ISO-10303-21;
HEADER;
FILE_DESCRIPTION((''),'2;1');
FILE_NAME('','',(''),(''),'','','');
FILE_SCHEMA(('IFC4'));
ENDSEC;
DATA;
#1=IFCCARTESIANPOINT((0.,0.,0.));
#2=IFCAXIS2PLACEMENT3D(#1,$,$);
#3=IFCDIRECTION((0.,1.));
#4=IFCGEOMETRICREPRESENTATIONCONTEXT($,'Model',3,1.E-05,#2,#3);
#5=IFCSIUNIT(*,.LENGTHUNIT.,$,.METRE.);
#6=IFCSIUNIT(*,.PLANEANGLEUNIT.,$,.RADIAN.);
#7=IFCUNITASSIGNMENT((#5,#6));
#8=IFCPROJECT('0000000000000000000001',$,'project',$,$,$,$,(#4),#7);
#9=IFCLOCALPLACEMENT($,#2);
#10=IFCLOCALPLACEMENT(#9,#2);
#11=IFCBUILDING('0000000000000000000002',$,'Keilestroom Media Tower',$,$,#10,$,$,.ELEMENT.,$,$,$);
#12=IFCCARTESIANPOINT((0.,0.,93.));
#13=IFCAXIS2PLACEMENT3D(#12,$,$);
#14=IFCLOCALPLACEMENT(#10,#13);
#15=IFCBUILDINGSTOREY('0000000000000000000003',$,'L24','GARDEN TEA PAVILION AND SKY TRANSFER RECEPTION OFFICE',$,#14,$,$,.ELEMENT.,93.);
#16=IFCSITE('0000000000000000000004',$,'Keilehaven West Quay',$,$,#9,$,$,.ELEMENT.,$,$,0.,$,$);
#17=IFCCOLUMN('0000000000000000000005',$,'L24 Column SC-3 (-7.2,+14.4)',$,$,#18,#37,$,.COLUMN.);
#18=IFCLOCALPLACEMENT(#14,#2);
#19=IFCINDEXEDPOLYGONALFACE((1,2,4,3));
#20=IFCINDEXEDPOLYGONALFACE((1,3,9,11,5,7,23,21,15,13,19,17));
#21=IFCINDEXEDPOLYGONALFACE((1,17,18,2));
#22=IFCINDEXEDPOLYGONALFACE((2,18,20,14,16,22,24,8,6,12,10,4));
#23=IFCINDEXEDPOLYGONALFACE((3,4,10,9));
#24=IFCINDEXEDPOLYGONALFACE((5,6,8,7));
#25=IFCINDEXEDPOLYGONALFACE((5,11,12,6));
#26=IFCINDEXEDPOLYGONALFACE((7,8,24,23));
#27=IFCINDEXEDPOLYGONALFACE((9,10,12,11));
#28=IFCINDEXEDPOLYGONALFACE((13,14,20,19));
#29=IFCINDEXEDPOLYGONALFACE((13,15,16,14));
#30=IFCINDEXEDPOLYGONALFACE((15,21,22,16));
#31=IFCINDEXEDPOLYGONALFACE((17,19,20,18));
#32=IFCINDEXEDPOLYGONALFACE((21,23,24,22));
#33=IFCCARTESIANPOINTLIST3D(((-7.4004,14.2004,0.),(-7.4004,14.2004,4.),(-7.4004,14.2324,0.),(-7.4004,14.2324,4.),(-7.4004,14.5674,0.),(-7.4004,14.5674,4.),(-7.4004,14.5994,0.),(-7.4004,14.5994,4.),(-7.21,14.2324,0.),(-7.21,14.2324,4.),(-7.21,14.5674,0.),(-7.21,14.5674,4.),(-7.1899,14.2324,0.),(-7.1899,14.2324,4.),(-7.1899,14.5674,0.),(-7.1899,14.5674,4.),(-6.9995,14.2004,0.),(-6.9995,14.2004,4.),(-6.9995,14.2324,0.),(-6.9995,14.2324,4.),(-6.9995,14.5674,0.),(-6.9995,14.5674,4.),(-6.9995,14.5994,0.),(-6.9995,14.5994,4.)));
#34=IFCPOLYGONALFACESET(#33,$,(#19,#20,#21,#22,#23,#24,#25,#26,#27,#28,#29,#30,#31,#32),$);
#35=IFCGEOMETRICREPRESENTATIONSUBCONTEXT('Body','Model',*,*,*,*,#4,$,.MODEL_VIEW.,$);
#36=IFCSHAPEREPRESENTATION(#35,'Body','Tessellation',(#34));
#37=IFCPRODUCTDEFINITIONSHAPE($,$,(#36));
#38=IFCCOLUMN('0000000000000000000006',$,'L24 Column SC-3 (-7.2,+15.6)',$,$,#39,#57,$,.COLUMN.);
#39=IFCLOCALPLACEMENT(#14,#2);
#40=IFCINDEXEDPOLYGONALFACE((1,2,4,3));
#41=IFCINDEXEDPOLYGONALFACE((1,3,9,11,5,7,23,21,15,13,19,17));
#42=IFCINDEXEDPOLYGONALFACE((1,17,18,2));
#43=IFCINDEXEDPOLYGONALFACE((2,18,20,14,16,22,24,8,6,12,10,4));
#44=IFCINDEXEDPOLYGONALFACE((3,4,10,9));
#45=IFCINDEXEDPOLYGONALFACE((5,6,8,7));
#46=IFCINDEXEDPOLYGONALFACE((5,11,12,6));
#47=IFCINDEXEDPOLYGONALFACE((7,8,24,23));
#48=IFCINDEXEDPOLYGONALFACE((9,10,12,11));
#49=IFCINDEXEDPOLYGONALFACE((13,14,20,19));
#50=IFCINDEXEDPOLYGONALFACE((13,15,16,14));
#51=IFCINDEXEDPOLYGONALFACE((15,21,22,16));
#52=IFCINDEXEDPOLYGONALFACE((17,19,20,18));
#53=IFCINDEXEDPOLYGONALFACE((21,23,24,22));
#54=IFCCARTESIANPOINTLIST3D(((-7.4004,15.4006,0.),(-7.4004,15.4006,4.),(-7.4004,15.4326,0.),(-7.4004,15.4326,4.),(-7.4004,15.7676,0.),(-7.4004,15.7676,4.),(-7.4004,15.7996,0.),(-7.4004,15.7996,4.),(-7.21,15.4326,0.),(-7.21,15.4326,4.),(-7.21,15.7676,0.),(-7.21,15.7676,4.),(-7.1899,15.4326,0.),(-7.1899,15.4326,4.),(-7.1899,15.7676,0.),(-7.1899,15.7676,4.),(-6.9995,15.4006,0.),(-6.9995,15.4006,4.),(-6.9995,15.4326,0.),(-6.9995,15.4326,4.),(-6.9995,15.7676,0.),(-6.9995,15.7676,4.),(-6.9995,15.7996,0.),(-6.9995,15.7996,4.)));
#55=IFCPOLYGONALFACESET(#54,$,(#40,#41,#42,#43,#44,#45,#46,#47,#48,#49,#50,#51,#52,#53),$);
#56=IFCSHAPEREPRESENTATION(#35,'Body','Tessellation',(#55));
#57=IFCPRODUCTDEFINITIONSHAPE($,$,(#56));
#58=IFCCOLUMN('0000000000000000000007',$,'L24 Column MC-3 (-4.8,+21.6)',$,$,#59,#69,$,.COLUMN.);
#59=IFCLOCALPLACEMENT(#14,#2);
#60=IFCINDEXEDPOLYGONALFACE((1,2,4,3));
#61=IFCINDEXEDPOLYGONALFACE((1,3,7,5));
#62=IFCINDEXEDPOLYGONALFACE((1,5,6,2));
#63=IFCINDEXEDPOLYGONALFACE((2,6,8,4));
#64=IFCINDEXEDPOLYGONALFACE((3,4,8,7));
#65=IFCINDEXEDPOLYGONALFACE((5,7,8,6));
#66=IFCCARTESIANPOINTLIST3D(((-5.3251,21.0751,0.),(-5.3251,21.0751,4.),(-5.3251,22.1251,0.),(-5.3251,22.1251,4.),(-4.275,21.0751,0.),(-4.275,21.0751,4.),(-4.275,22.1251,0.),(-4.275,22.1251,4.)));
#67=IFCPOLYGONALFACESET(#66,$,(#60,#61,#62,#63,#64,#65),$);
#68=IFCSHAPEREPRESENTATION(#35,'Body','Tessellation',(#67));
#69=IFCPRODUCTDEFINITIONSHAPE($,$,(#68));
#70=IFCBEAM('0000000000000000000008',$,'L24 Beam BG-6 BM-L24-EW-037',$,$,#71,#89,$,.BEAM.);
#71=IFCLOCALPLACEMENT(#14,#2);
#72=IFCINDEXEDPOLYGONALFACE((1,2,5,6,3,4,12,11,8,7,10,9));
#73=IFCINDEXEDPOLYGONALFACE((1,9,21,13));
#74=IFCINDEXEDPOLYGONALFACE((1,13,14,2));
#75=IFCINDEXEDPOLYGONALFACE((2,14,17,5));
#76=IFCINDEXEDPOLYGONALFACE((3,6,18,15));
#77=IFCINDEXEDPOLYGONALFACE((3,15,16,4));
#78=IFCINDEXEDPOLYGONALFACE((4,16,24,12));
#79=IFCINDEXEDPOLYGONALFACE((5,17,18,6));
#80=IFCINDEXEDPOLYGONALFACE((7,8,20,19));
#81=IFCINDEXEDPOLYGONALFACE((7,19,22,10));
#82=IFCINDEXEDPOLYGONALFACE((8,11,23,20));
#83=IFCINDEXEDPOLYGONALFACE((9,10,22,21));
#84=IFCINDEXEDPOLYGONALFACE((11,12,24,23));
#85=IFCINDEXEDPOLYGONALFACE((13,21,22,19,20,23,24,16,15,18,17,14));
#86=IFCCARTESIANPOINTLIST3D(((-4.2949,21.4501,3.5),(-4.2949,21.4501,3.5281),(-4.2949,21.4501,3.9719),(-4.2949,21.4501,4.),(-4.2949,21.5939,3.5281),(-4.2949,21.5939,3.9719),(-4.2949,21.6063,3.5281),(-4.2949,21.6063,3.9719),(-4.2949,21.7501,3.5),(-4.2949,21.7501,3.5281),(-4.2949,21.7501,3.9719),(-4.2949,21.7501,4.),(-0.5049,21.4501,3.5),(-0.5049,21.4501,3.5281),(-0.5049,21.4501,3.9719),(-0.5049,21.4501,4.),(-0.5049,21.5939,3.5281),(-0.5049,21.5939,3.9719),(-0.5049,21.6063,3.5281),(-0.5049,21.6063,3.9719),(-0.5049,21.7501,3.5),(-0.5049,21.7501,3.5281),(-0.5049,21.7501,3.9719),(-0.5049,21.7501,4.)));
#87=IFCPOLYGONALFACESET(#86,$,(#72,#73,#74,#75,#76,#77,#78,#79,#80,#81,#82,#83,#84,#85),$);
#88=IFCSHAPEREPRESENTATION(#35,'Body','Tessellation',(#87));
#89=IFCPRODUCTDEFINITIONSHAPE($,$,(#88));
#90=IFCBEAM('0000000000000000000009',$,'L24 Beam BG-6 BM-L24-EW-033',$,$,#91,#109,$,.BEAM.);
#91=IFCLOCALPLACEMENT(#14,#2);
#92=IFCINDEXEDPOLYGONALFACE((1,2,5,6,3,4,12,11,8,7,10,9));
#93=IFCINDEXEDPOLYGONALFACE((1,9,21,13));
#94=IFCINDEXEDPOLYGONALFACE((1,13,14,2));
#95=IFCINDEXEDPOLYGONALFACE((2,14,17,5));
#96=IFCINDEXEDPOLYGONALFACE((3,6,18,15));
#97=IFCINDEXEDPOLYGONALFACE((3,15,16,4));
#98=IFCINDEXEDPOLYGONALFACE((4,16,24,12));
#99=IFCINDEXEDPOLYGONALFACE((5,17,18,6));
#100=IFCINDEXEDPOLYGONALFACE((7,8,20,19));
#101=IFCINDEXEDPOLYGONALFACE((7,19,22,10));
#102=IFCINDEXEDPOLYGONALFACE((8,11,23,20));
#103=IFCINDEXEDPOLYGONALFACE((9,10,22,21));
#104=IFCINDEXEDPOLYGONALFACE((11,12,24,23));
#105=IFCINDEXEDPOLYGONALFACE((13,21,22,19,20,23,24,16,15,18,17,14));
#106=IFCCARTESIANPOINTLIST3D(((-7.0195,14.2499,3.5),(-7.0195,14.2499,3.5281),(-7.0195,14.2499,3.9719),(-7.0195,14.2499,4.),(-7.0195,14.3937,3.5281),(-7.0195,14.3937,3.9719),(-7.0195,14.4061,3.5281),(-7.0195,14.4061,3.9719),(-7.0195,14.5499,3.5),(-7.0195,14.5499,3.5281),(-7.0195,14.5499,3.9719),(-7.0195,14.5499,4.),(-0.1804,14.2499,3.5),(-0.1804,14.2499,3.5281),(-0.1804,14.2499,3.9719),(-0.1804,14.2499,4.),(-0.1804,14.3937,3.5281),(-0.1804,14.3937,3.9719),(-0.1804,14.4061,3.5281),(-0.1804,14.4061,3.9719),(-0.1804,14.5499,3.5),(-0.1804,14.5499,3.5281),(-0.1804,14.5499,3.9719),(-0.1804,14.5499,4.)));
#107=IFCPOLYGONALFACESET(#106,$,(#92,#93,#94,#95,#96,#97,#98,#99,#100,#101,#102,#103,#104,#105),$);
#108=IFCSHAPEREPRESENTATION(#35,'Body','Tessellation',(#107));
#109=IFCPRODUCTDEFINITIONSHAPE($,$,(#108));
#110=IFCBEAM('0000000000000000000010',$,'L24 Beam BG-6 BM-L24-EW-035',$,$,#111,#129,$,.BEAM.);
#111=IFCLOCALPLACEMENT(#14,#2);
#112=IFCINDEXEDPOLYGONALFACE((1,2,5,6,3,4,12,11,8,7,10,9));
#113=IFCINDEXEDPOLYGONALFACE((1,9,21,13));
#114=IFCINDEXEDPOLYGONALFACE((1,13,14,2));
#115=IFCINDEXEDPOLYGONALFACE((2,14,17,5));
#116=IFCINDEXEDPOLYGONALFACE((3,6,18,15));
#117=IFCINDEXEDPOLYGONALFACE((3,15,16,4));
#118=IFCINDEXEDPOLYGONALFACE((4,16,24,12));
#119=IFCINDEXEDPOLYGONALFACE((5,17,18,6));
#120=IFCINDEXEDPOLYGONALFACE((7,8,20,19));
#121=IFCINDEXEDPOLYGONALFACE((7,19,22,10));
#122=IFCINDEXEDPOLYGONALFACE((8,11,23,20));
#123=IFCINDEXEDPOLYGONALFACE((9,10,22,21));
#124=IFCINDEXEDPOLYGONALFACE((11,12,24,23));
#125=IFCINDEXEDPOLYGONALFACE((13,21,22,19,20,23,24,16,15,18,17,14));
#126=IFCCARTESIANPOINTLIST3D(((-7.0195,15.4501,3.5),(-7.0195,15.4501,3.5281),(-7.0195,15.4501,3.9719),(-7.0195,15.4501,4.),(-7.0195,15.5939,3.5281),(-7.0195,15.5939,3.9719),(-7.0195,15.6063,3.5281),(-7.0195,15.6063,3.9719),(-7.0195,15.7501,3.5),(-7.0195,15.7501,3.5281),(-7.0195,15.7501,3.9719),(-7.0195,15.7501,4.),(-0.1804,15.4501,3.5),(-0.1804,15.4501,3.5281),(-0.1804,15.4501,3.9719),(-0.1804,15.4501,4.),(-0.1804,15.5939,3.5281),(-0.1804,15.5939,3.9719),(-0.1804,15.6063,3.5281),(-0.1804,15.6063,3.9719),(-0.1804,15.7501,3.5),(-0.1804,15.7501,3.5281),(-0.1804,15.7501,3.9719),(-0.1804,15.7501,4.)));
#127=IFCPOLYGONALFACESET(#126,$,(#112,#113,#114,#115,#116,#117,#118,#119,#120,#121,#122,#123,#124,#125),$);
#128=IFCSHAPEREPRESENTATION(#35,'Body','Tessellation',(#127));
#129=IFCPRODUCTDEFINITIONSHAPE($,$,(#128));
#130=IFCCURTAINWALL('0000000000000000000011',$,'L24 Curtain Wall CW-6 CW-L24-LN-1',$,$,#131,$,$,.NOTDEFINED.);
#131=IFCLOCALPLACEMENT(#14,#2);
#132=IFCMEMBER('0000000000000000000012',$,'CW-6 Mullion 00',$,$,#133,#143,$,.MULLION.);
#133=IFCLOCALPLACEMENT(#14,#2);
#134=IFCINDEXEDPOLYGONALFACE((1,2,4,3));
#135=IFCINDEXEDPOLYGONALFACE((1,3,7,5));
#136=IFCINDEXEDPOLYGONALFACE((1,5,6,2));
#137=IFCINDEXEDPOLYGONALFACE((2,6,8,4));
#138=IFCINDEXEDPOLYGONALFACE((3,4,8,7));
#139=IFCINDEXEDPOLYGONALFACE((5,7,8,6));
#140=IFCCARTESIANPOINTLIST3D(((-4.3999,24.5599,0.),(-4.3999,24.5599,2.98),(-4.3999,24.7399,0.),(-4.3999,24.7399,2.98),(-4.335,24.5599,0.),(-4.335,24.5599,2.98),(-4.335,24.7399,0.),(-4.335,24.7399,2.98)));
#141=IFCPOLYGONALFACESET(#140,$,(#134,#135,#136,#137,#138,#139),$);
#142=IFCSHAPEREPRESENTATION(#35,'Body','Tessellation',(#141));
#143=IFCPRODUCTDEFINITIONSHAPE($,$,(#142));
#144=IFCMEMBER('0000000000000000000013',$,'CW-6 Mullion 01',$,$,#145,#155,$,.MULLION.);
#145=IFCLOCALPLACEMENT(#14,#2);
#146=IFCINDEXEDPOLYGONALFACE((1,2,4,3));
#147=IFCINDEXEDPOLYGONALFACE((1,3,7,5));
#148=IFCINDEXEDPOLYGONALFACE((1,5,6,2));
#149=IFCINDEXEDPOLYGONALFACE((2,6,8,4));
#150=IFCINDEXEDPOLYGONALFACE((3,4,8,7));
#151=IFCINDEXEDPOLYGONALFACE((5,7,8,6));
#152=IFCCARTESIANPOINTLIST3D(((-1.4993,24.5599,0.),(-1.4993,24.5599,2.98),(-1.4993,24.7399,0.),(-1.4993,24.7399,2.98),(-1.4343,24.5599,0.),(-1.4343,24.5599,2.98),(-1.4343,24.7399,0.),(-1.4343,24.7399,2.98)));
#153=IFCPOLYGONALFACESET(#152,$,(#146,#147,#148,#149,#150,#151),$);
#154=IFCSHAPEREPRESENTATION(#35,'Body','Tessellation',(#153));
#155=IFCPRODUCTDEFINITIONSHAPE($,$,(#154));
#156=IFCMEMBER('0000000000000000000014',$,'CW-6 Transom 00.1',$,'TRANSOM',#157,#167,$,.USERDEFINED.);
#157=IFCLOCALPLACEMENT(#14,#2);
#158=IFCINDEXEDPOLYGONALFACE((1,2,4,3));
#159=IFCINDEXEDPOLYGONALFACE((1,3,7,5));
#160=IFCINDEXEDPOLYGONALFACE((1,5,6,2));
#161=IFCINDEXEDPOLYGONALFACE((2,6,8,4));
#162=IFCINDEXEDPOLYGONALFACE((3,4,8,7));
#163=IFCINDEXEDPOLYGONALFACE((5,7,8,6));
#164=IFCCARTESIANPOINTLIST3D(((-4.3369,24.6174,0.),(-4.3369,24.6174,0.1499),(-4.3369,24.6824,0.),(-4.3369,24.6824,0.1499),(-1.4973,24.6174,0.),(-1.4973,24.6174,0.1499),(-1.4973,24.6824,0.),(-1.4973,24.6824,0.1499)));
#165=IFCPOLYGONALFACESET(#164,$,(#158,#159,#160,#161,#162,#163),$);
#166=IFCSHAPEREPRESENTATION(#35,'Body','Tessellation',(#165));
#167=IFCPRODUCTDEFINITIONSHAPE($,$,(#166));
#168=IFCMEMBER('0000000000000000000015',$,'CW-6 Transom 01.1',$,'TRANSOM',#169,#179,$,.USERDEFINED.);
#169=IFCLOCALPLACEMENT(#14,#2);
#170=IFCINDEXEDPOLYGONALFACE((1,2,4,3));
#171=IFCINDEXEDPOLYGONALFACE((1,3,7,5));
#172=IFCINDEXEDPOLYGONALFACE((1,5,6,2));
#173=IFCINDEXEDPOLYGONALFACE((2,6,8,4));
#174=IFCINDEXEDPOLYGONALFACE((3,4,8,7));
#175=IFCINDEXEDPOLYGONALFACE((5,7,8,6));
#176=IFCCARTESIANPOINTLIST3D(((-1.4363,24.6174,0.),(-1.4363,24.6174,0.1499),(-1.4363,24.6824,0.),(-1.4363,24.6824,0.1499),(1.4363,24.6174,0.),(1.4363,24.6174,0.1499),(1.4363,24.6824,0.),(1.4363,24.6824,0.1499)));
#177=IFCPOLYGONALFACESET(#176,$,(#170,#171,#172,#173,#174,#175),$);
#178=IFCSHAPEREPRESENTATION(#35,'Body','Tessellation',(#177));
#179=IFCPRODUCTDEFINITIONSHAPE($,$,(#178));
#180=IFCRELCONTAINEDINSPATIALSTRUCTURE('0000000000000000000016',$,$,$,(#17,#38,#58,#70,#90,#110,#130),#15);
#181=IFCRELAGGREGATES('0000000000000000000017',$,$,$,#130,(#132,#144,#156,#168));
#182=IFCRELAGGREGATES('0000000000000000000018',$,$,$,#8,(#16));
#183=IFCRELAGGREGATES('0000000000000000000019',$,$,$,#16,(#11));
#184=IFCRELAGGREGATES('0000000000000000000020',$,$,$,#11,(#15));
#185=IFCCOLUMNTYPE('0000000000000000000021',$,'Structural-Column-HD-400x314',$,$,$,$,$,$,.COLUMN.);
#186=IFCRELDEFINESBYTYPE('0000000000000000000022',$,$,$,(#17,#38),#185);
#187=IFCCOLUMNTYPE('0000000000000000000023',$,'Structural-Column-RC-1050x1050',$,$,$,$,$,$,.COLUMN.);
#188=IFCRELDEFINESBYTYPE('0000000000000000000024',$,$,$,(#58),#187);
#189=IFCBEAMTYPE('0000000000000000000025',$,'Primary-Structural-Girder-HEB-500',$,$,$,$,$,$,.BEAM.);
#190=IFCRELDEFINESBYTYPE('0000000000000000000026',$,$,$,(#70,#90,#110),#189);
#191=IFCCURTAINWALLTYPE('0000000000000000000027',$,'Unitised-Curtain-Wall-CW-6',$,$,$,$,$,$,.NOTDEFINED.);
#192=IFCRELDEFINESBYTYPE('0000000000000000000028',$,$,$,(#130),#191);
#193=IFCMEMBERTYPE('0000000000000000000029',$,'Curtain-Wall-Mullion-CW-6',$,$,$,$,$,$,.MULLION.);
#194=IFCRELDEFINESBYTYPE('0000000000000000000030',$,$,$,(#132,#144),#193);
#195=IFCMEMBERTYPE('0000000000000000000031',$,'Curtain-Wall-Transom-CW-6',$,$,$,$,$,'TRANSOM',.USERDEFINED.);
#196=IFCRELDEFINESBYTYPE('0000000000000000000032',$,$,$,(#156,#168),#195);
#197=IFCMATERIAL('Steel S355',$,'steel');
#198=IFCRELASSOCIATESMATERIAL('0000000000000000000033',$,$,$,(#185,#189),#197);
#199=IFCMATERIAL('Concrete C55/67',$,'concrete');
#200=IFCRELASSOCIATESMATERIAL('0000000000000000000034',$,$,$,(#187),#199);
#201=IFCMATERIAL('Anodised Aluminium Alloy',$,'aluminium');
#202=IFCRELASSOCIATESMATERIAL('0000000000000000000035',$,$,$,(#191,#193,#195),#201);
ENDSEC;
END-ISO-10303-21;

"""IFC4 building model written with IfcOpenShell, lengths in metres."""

from ifc_helpers import new_model, si_unit, direction, frame, origin, origin_2d, place, context, subcontext, project, spatial, rectangle, i_section, extrude, source, transform, mapped, material, material_profile, profile_set, type_object, element, aggregate, save


model = new_model("IFC4")

# Units and contexts
model_context = context("Model", 3, precision=1e-05, world=origin(), true_north=direction((0.0, 1.0)))
body_context = subcontext(model_context, "Body", "Model", "MODEL_VIEW")
ifc_project = project(units=[si_unit("LENGTHUNIT", "METRE"), si_unit("PLANEANGLEUNIT", "RADIAN")], contexts=[model_context])

# Site, building, storey
site_placement = place(None, origin())
site = spatial("IfcSite", under=ifc_project, at=site_placement, Name="Keilehaven West Quay", CompositionType="ELEMENT", RefElevation=0.0)
building_placement = place(site_placement, origin())
building = spatial("IfcBuilding", under=site, at=building_placement, Name="Keilestroom Media Tower", CompositionType="ELEMENT")
storey_placement = place(building_placement, frame((0.0, 0.0, 93.0)))
storey = spatial("IfcBuildingStorey", under=building, at=storey_placement, Name="L24", Description="GARDEN TEA PAVILION AND SKY TRANSFER RECEPTION OFFICE", CompositionType="ELEMENT", Elevation=93.0)

# Columns
ifc_material_1 = material(Name="Steel S355", Category="steel")
ifc_material_profile_1 = material_profile(ifc_material_1, i_section(OverallWidth=0.4009, OverallDepth=0.3989, WebThickness=0.02, FlangeThickness=0.032, at=origin_2d()), Name="HD 400x314")
ifc_profile_set_1 = profile_set([ifc_material_profile_1], Name="Steel S355")
column_type_1 = type_object("IfcColumnType", Name="Structural-Column-HD-400x314", PredefinedType="COLUMN", material=ifc_profile_set_1)
shared_shape_1 = source(origin(), body_context, "Body", "SweptSolid", [
    extrude(i_section(OverallWidth=0.4009, OverallDepth=0.3989, WebThickness=0.02, FlangeThickness=0.032, at=origin_2d()), origin(), (0.0, 0.0, 1.0), 4.0),
])
for number, where, z_axis, x_axis, name in (
    (1, (-7.2, 14.3999, 0.0), (0.0, 0.0, 1.0), (1.0, 0.0, 0.0), "L24 Column SC-3 (-7.2,+14.4)"),
    (2, (-7.2, 15.6001, 0.0), (0.0, 0.0, 1.0), (1.0, 0.0, 0.0), "L24 Column SC-3 (-7.2,+15.6)"),
):
    element("IfcColumn", number, at=place(storey_placement, frame(where, z_axis=z_axis, x_axis=x_axis)), inside=storey, type_object=column_type_1, Name=name, PredefinedType="COLUMN", context=body_context, shape_type="MappedRepresentation", body=[
        mapped(shared_shape_1, transform((0.0, 0.0, 0.0), x_axis=(1.0, 0.0, 0.0), y_axis=(0.0, 1.0, 0.0), z_axis=(0.0, 0.0, 1.0), scale=1.0)),
    ])
ifc_material_2 = material(Name="Concrete C55/67", Category="concrete")
ifc_material_profile_2 = material_profile(ifc_material_2, rectangle(XDim=1.05, YDim=1.05, at=origin_2d()), Name="RC 1050x1050")
ifc_profile_set_2 = profile_set([ifc_material_profile_2], Name="Concrete C55/67")
column_type_2 = type_object("IfcColumnType", Name="Structural-Column-RC-1050x1050", PredefinedType="COLUMN", material=ifc_profile_set_2)
shared_shape_2 = source(origin(), body_context, "Body", "SweptSolid", [
    extrude(rectangle(XDim=1.05, YDim=1.05, at=origin_2d()), origin(), (0.0, 0.0, 1.0), 4.0),
])
column_placement = place(storey_placement, frame((-4.8, 21.6001, 0.0), z_axis=(0.0, 0.0, 1.0), x_axis=(1.0, 0.0, 0.0)))
element("IfcColumn", 3, at=column_placement, inside=storey, type_object=column_type_2, Name="L24 Column MC-3 (-4.8,+21.6)", PredefinedType="COLUMN", context=body_context, shape_type="MappedRepresentation", body=[
    mapped(shared_shape_2, transform((0.0, 0.0, 0.0), x_axis=(1.0, 0.0, 0.0), y_axis=(0.0, 1.0, 0.0), z_axis=(0.0, 0.0, 1.0), scale=1.0)),
])

# Beams
ifc_material_profile_3 = material_profile(ifc_material_1, i_section(OverallWidth=0.3, OverallDepth=0.5, WebThickness=0.0125, FlangeThickness=0.0281, at=origin_2d()), Name="HEB 500")
ifc_profile_set_3 = profile_set([ifc_material_profile_3], Name="Steel S355")
beam_type = type_object("IfcBeamType", Name="Primary-Structural-Girder-HEB-500", PredefinedType="BEAM", material=ifc_profile_set_3)
shared_shape_3 = source(origin(), body_context, "Body", "SweptSolid", [
    extrude(i_section(OverallWidth=0.3, OverallDepth=0.5, WebThickness=0.0125, FlangeThickness=0.0281, at=origin_2d()), origin(), (0.0, 0.0, 1.0), 3.79),
])
beam_placement = place(storey_placement, frame((-4.2949, 21.6001, 3.75), z_axis=(1.0, 0.0, 0.0), x_axis=(0.0, 1.0, 0.0)))
element("IfcBeam", 4, at=beam_placement, inside=storey, type_object=beam_type, Name="L24 Beam BG-6 BM-L24-EW-037", PredefinedType="BEAM", context=body_context, shape_type="MappedRepresentation", body=[
    mapped(shared_shape_3, transform((0.0, 0.0, 0.0), x_axis=(1.0, 0.0, 0.0), y_axis=(0.0, 1.0, 0.0), z_axis=(0.0, 0.0, 1.0), scale=1.0)),
])
shared_shape_4 = source(origin(), body_context, "Body", "SweptSolid", [
    extrude(i_section(OverallWidth=0.3, OverallDepth=0.5, WebThickness=0.0125, FlangeThickness=0.0281, at=origin_2d()), origin(), (0.0, 0.0, 1.0), 6.8391),
])
for number, where, z_axis, x_axis, name in (
    (5, (-7.0195, 14.3999, 3.75), (1.0, 0.0, 0.0), (0.0, 1.0, 0.0), "L24 Beam BG-6 BM-L24-EW-033"),
    (6, (-7.0195, 15.6001, 3.75), (1.0, 0.0, 0.0), (0.0, 1.0, 0.0), "L24 Beam BG-6 BM-L24-EW-035"),
):
    element("IfcBeam", number, at=place(storey_placement, frame(where, z_axis=z_axis, x_axis=x_axis)), inside=storey, type_object=beam_type, Name=name, PredefinedType="BEAM", context=body_context, shape_type="MappedRepresentation", body=[
        mapped(shared_shape_4, transform((0.0, 0.0, 0.0), x_axis=(1.0, 0.0, 0.0), y_axis=(0.0, 1.0, 0.0), z_axis=(0.0, 0.0, 1.0), scale=1.0)),
    ])

# Curtain wall, members
ifc_material_3 = material(Name="Anodised Aluminium Alloy", Category="aluminium")
curtain_wall_type = type_object("IfcCurtainWallType", Name="Unitised-Curtain-Wall-CW-6", PredefinedType="NOTDEFINED", material=ifc_material_3)
curtain_wall_placement = place(storey_placement, origin())
curtain_wall = element("IfcCurtainWall", 7, at=curtain_wall_placement, inside=storey, type_object=curtain_wall_type, Name="L24 Curtain Wall CW-6 CW-L24-LN-1", PredefinedType="NOTDEFINED")
ifc_material_profile_4 = material_profile(ifc_material_3, rectangle(XDim=0.0649, YDim=0.1799, at=origin_2d()), Name="ALU MULLION 65x180")
ifc_profile_set_4 = profile_set([ifc_material_profile_4], Name="Anodised Aluminium Alloy")
member_type_1 = type_object("IfcMemberType", Name="Curtain-Wall-Mullion-CW-6", PredefinedType="MULLION", material=ifc_profile_set_4)
shared_shape_5 = source(origin(), body_context, "Body", "SweptSolid", [
    extrude(rectangle(XDim=0.0649, YDim=0.1799, at=origin_2d()), origin(), (0.0, 0.0, 1.0), 2.98),
])
member_1_placement = place(storey_placement, frame((-4.3674, 24.6499, 0.0), z_axis=(0.0, 0.0, 1.0), x_axis=(1.0, 0.0, 0.0)))
member_1 = element("IfcMember", 8, at=member_1_placement, type_object=member_type_1, Name="CW-6 Mullion 00", PredefinedType="MULLION", context=body_context, shape_type="MappedRepresentation", body=[
    mapped(shared_shape_5, transform((0.0, 0.0, 0.0), x_axis=(1.0, 0.0, 0.0), y_axis=(0.0, 1.0, 0.0), z_axis=(0.0, 0.0, 1.0), scale=1.0)),
])
member_2_placement = place(storey_placement, frame((-1.4668, 24.6499, 0.0), z_axis=(0.0, 0.0, 1.0), x_axis=(1.0, 0.0, 0.0)))
member_2 = element("IfcMember", 9, at=member_2_placement, type_object=member_type_1, Name="CW-6 Mullion 01", PredefinedType="MULLION", context=body_context, shape_type="MappedRepresentation", body=[
    mapped(shared_shape_5, transform((0.0, 0.0, 0.0), x_axis=(1.0, 0.0, 0.0), y_axis=(0.0, 1.0, 0.0), z_axis=(0.0, 0.0, 1.0), scale=1.0)),
])
ifc_material_profile_5 = material_profile(ifc_material_3, rectangle(XDim=0.0649, YDim=0.1499, at=origin_2d()), Name="ALU TRANSOM 65x150")
ifc_profile_set_5 = profile_set([ifc_material_profile_5], Name="Anodised Aluminium Alloy")
member_type_2 = type_object("IfcMemberType", Name="Curtain-Wall-Transom-CW-6", ElementType="TRANSOM", PredefinedType="USERDEFINED", material=ifc_profile_set_5)
shared_shape_6 = source(origin(), body_context, "Body", "SweptSolid", [
    extrude(rectangle(XDim=0.0649, YDim=0.1499, at=origin_2d()), origin(), (0.0, 0.0, 1.0), 2.8396),
])
member_3_placement = place(storey_placement, frame((-4.3369, 24.6499, 0.075), z_axis=(1.0, 0.0, 0.0), x_axis=(0.0, 1.0, 0.0)))
member_3 = element("IfcMember", 10, at=member_3_placement, type_object=member_type_2, Name="CW-6 Transom 00.1", ObjectType="TRANSOM", PredefinedType="USERDEFINED", context=body_context, shape_type="MappedRepresentation", body=[
    mapped(shared_shape_6, transform((0.0, 0.0, 0.0), x_axis=(1.0, 0.0, 0.0), y_axis=(0.0, 1.0, 0.0), z_axis=(0.0, 0.0, 1.0), scale=1.0)),
])
shared_shape_7 = source(origin(), body_context, "Body", "SweptSolid", [
    extrude(rectangle(XDim=0.0649, YDim=0.1499, at=origin_2d()), origin(), (0.0, 0.0, 1.0), 2.8726),
])
member_4_placement = place(storey_placement, frame((-1.4363, 24.6499, 0.075), z_axis=(1.0, 0.0, 0.0), x_axis=(0.0, 1.0, 0.0)))
member_4 = element("IfcMember", 11, at=member_4_placement, type_object=member_type_2, Name="CW-6 Transom 01.1", ObjectType="TRANSOM", PredefinedType="USERDEFINED", context=body_context, shape_type="MappedRepresentation", body=[
    mapped(shared_shape_7, transform((0.0, 0.0, 0.0), x_axis=(1.0, 0.0, 0.0), y_axis=(0.0, 1.0, 0.0), z_axis=(0.0, 0.0, 1.0), scale=1.0)),
])
aggregate(curtain_wall, [member_1, member_2, member_3, member_4])

save(model, "model.ifc")
